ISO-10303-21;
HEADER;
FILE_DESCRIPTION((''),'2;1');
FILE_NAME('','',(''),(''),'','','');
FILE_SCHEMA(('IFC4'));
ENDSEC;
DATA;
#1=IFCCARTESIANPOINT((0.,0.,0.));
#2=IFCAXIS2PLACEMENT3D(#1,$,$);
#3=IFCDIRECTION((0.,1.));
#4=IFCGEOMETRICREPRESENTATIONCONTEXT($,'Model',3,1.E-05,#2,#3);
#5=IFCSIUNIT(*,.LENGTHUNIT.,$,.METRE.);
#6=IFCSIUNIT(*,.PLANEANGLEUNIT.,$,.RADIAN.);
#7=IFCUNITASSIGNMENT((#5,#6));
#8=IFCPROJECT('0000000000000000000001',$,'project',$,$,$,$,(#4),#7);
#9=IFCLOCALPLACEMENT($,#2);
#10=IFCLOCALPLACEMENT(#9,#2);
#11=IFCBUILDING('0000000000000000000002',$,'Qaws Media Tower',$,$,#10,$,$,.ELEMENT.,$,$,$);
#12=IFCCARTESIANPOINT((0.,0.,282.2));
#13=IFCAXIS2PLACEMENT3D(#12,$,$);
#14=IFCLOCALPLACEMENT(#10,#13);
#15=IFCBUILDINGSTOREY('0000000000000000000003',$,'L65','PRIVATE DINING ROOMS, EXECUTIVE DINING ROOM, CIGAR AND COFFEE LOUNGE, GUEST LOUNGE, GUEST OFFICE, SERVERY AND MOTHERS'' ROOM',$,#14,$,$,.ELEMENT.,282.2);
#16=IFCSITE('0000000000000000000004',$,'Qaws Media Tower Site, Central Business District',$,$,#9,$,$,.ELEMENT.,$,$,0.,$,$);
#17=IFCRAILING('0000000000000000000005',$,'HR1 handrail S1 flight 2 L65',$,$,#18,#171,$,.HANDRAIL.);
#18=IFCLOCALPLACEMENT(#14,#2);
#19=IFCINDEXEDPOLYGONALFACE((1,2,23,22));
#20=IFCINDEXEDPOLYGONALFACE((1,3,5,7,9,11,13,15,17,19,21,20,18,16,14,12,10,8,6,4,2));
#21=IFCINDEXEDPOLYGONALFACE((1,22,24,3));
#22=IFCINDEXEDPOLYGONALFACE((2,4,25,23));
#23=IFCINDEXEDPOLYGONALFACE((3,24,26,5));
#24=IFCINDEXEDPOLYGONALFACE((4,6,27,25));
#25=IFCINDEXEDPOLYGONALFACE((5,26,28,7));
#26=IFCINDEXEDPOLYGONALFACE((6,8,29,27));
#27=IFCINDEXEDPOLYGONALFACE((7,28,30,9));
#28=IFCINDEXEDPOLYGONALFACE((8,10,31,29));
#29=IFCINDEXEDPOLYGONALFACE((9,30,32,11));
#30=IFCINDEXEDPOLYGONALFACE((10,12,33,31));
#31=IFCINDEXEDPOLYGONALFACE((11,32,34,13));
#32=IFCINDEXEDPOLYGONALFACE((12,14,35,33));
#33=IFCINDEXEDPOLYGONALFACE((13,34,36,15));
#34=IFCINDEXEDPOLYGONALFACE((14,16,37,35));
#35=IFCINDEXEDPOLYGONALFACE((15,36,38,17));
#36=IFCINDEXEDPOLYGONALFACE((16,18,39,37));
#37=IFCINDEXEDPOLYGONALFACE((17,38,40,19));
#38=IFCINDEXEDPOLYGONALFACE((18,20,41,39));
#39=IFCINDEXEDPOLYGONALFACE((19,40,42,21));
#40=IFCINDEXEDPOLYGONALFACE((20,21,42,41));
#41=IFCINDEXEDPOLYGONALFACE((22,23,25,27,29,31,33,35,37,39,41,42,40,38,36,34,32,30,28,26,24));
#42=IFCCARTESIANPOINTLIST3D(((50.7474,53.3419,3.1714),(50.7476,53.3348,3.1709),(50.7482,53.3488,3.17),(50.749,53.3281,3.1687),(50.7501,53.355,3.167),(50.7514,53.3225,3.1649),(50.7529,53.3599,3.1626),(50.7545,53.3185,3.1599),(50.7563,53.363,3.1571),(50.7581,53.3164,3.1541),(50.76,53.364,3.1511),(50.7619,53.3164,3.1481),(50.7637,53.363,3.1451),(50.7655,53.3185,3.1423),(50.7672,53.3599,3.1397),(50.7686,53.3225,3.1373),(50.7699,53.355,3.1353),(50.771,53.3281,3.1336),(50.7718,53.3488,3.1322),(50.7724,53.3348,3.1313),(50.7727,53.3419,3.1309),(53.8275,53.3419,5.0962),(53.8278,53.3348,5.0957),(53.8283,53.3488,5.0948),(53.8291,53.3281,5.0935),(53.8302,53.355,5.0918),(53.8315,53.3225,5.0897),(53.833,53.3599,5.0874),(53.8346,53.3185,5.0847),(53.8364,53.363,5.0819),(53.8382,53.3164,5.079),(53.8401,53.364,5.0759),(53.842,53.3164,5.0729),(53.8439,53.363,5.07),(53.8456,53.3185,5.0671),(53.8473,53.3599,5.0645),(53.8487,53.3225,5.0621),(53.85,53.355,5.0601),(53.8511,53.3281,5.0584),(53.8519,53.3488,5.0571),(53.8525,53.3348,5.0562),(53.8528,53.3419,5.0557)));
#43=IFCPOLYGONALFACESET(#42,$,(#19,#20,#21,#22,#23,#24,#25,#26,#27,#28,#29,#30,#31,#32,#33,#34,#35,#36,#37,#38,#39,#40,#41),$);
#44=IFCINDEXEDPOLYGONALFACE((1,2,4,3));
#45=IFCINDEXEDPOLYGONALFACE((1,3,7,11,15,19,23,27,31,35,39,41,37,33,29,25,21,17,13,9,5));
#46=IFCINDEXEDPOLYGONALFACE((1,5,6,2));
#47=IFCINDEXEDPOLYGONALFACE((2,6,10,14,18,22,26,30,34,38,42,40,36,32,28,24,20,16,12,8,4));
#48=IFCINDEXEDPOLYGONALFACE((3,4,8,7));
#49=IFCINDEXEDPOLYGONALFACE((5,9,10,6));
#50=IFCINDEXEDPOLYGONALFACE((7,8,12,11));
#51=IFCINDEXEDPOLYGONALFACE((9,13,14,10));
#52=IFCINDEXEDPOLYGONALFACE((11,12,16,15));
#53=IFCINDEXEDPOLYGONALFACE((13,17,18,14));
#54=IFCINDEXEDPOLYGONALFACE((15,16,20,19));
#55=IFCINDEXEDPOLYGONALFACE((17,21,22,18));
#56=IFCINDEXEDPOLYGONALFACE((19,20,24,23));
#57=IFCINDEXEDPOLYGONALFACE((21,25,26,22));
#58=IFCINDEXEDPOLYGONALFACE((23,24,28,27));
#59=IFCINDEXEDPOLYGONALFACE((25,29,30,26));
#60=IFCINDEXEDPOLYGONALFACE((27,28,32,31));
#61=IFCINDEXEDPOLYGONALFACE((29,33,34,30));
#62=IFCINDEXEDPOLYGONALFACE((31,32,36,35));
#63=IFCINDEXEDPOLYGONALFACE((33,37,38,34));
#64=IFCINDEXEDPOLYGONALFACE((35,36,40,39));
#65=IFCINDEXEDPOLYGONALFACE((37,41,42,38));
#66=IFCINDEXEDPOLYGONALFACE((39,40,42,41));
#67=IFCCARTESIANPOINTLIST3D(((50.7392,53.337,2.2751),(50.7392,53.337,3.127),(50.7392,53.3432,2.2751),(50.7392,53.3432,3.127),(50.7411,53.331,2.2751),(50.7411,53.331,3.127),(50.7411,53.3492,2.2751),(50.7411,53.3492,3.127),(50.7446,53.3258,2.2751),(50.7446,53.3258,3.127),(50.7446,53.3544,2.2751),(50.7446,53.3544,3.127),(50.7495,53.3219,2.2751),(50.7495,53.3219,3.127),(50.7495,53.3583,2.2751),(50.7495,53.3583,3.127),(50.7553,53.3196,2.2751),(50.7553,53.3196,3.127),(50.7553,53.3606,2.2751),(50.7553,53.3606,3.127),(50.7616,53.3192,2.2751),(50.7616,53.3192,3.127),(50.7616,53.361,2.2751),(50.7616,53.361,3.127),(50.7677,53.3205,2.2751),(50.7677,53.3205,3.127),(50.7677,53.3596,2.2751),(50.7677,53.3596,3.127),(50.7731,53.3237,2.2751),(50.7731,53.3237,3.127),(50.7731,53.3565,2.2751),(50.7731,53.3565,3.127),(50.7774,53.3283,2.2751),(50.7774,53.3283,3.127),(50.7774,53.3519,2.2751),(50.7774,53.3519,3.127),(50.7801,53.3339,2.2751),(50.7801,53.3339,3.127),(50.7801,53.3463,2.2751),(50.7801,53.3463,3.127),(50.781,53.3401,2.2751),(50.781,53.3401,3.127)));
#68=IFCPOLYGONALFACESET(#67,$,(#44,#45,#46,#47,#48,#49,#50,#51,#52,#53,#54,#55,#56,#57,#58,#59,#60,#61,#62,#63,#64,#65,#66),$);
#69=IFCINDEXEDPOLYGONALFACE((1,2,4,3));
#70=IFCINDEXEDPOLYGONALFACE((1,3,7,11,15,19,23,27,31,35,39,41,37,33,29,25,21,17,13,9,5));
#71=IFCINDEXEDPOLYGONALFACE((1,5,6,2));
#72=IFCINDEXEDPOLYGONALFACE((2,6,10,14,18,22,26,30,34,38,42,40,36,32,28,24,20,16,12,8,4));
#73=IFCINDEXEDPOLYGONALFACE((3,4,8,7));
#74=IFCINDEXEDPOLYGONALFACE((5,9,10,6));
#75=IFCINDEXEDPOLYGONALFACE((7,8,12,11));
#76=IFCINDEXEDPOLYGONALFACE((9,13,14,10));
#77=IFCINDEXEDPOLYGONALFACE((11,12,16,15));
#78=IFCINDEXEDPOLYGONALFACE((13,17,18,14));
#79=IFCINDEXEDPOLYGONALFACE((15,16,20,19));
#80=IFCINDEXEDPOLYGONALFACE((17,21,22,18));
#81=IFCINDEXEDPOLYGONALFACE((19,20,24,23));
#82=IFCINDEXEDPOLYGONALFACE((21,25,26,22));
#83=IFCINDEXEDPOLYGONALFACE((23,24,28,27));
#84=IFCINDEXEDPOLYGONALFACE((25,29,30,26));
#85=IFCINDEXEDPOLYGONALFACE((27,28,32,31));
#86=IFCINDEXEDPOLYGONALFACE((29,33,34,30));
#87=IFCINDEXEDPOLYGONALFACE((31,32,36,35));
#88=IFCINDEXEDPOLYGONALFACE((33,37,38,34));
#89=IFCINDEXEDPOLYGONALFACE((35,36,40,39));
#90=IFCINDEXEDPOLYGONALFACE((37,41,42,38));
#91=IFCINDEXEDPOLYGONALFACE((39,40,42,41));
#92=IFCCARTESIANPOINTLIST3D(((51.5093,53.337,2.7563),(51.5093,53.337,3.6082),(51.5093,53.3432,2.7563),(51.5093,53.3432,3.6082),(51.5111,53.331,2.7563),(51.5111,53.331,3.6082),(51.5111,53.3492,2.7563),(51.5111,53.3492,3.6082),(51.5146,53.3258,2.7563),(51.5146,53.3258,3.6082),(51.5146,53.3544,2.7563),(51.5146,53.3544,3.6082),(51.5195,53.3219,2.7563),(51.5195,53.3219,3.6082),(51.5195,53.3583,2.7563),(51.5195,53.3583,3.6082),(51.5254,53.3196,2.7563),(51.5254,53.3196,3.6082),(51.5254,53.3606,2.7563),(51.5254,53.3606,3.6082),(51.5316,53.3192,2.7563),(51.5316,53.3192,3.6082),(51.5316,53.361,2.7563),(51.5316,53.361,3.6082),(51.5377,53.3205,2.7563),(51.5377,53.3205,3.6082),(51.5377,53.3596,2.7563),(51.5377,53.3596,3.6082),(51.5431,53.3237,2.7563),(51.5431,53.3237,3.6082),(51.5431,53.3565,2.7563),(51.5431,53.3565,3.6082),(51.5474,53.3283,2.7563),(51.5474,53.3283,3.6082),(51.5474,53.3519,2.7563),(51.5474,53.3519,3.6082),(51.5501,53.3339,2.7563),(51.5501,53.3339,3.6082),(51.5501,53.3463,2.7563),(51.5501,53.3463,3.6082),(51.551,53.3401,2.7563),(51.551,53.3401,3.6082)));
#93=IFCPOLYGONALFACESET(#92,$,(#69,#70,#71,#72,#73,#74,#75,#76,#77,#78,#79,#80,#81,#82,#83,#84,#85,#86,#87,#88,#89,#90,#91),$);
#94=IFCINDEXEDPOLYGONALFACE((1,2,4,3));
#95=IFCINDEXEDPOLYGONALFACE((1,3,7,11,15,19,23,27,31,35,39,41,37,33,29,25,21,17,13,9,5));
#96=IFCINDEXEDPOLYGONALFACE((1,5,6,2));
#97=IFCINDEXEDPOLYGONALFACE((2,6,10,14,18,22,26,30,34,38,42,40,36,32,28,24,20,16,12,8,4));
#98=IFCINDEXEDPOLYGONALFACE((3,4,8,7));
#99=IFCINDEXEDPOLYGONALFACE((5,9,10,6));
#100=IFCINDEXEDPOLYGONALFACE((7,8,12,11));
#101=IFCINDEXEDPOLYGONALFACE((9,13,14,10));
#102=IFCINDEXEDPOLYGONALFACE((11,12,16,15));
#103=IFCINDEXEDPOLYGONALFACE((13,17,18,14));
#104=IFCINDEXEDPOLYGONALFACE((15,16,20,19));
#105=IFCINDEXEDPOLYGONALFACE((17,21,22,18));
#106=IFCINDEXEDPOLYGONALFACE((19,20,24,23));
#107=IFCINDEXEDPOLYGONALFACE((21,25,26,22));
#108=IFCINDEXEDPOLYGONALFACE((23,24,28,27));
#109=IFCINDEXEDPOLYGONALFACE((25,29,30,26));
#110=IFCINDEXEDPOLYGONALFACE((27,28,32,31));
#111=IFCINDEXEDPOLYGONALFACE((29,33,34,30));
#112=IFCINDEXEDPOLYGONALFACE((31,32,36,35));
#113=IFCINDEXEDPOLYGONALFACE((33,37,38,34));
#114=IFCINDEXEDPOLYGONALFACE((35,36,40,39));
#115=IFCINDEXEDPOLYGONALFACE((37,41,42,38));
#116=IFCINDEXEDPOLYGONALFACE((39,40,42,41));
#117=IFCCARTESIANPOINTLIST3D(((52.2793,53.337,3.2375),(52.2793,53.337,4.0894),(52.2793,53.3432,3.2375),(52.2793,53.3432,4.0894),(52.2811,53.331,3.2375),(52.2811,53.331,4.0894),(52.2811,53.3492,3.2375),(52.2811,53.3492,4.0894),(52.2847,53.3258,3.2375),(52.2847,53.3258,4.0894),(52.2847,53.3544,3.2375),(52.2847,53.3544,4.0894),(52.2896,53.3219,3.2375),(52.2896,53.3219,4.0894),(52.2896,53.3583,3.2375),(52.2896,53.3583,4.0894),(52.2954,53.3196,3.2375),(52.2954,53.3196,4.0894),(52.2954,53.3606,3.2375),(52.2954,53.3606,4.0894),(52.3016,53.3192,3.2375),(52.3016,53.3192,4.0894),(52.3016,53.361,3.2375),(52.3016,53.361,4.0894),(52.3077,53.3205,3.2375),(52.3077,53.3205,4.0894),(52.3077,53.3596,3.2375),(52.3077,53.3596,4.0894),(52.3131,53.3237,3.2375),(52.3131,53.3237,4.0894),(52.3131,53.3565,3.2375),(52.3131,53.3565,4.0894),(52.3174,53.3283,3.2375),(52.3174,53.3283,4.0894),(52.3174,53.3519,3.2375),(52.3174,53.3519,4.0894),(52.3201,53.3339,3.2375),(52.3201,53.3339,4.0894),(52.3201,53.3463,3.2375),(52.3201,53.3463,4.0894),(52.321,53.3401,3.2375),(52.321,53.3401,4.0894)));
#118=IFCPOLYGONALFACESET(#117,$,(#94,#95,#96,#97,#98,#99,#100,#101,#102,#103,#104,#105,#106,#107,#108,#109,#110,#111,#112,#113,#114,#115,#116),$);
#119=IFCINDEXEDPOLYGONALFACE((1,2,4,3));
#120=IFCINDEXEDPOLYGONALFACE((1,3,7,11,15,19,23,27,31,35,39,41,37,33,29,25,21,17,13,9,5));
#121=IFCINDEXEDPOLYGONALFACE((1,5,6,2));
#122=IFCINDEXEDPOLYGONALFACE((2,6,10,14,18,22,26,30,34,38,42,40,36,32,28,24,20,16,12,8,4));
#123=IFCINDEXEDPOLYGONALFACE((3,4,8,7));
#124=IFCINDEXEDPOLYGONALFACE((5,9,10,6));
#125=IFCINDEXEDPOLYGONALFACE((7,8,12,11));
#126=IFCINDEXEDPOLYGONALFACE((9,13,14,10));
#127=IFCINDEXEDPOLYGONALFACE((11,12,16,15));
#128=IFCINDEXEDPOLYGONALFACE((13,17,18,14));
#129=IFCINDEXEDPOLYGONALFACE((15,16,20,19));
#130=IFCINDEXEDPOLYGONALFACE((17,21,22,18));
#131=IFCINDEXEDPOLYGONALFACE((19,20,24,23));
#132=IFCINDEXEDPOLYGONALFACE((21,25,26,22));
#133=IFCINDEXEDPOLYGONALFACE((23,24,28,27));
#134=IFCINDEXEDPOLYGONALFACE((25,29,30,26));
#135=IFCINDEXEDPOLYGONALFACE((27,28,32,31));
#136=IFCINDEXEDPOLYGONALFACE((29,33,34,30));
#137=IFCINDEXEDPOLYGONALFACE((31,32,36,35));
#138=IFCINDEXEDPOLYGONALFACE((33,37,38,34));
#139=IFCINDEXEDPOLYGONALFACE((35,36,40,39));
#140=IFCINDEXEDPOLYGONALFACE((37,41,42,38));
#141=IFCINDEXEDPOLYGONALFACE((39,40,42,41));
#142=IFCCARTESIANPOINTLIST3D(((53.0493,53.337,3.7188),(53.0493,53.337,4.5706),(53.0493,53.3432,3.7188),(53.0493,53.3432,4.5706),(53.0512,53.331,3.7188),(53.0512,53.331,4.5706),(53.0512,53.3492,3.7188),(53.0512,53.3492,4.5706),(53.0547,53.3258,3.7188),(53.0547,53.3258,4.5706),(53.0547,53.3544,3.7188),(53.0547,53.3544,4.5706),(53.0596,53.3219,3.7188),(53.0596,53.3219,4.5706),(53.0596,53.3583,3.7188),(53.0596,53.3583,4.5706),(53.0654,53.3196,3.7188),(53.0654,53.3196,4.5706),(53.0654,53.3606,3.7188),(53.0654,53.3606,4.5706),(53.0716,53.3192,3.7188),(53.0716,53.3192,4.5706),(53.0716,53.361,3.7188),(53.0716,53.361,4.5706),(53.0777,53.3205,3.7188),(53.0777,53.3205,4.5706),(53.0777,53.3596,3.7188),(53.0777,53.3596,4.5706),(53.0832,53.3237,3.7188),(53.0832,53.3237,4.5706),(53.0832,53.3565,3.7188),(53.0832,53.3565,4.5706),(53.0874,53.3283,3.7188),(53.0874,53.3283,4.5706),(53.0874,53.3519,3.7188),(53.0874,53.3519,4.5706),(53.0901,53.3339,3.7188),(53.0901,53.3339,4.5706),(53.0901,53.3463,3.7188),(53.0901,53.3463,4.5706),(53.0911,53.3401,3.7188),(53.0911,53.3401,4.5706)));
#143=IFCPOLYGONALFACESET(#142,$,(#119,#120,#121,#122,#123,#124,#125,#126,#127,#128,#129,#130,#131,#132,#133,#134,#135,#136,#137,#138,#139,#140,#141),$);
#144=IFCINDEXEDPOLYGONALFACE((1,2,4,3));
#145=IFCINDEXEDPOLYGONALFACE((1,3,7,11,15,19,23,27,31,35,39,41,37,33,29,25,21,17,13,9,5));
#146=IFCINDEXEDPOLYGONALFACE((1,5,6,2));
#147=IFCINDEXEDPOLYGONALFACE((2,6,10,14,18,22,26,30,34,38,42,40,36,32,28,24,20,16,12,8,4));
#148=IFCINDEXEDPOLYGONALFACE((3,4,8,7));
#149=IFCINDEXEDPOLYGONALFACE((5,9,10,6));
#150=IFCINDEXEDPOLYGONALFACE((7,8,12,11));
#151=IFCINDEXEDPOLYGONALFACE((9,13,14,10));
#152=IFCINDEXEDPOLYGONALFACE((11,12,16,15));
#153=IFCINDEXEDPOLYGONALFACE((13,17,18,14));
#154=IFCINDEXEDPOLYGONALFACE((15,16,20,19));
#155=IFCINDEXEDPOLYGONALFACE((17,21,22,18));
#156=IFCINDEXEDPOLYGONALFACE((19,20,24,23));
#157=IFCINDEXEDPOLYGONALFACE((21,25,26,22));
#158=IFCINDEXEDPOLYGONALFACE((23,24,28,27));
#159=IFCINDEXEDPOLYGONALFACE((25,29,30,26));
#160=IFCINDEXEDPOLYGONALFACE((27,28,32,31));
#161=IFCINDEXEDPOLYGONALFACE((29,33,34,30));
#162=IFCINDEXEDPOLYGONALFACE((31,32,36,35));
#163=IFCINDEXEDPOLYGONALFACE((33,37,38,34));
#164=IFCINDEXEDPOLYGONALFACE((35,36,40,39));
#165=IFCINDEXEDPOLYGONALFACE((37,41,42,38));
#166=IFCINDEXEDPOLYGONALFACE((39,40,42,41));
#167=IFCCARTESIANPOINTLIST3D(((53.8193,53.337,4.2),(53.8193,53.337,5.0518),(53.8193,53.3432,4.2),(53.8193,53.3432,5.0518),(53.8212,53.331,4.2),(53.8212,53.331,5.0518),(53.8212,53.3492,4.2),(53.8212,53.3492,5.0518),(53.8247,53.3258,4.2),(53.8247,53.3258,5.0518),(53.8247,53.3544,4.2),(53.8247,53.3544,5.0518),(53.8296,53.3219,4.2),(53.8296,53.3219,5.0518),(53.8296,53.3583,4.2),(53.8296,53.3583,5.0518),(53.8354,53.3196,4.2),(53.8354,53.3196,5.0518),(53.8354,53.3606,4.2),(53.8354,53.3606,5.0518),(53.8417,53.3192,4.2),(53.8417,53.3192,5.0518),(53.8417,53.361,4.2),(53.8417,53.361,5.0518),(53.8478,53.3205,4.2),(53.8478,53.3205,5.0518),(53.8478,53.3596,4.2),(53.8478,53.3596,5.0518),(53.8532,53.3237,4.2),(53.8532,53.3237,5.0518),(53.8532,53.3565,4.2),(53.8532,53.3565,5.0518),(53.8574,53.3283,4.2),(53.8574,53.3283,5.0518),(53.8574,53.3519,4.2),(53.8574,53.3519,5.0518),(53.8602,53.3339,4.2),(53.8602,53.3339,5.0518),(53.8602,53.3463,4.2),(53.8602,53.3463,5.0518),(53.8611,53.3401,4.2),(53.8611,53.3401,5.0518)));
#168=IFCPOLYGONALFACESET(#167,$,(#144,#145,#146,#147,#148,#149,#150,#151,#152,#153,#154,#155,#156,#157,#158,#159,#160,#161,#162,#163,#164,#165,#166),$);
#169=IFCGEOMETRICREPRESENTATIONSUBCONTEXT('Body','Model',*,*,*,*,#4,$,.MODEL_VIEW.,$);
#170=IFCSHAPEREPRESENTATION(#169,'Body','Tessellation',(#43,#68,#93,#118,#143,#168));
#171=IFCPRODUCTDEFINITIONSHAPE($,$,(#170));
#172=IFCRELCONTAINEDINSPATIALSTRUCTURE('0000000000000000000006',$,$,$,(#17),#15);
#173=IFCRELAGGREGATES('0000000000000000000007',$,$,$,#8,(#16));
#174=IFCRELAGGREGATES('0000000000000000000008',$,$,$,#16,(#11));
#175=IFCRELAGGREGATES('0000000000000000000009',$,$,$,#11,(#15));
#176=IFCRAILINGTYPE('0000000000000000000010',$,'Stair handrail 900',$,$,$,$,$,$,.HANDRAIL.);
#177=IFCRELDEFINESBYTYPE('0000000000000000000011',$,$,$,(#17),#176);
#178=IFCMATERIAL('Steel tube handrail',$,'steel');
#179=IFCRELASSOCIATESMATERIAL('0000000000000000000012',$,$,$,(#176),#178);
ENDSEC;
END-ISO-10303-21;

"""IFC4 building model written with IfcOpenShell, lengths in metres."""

from ifc_helpers import new_model, si_unit, direction, frame, origin, origin_2d, place, context, subcontext, project, spatial, circle, extrude, material, type_object, element, save


model = new_model("IFC4")

# Units and contexts
model_context = context("Model", 3, precision=1e-05, world=origin(), true_north=direction((0.0, 1.0)))
body_context = subcontext(model_context, "Body", "Model", "MODEL_VIEW")
ifc_project = project(units=[si_unit("LENGTHUNIT", "METRE"), si_unit("PLANEANGLEUNIT", "RADIAN")], contexts=[model_context])

# Site, building, storey
site_placement = place(None, origin())
site = spatial("IfcSite", under=ifc_project, at=site_placement, Name="Qaws Media Tower Site, Central Business District", CompositionType="ELEMENT", RefElevation=0.0)
building_placement = place(site_placement, origin())
building = spatial("IfcBuilding", under=site, at=building_placement, Name="Qaws Media Tower", CompositionType="ELEMENT")
storey_placement = place(building_placement, frame((0.0, 0.0, 282.2)))
storey = spatial("IfcBuildingStorey", under=building, at=storey_placement, Name="L65", Description="PRIVATE DINING ROOMS, EXECUTIVE DINING ROOM, CIGAR AND COFFEE LOUNGE, GUEST LOUNGE, GUEST OFFICE, SERVERY AND MOTHERS' ROOM", CompositionType="ELEMENT", Elevation=282.2)

# Railing
ifc_material_1 = material(Name="Steel tube handrail", Category="steel")
railing_type = type_object("IfcRailingType", Name="Stair handrail 900", PredefinedType="HANDRAIL", material=ifc_material_1)
for number, where, name in (
    (1, (50.76, 53.3401, 2.2751), "HR1 handrail S1 flight 2 L65"),
):
    element("IfcRailing", number, at=place(storey_placement, frame(where)), inside=storey, type_object=railing_type, Name=name, PredefinedType="HANDRAIL", context=body_context, shape_type="SweptSolid", body=[
        extrude(circle(Radius=0.0239, at=origin_2d()), frame((0.0, 0.0, 0.876), z_axis=(0.848029, 0.0, 0.529951), x_axis=(0.0, 1.0, 0.0)), (0.0, 0.0, 1.0), 3.6321),
        extrude(circle(Radius=0.021, at=origin_2d()), origin(), (0.0, 0.0, 1.0), 0.8518),
        extrude(circle(Radius=0.021, at=origin_2d()), frame((0.77, 0.0, 0.4812)), (0.0, 0.0, 1.0), 0.8518),
        extrude(circle(Radius=0.021, at=origin_2d()), frame((1.54, 0.0, 0.9624)), (0.0, 0.0, 1.0), 0.8518),
        extrude(circle(Radius=0.021, at=origin_2d()), frame((2.3101, 0.0, 1.4436)), (0.0, 0.0, 1.0), 0.8518),
        extrude(circle(Radius=0.021, at=origin_2d()), frame((3.0801, 0.0, 1.9248)), (0.0, 0.0, 1.0), 0.8518),
    ])

save(model, "model.ifc")
